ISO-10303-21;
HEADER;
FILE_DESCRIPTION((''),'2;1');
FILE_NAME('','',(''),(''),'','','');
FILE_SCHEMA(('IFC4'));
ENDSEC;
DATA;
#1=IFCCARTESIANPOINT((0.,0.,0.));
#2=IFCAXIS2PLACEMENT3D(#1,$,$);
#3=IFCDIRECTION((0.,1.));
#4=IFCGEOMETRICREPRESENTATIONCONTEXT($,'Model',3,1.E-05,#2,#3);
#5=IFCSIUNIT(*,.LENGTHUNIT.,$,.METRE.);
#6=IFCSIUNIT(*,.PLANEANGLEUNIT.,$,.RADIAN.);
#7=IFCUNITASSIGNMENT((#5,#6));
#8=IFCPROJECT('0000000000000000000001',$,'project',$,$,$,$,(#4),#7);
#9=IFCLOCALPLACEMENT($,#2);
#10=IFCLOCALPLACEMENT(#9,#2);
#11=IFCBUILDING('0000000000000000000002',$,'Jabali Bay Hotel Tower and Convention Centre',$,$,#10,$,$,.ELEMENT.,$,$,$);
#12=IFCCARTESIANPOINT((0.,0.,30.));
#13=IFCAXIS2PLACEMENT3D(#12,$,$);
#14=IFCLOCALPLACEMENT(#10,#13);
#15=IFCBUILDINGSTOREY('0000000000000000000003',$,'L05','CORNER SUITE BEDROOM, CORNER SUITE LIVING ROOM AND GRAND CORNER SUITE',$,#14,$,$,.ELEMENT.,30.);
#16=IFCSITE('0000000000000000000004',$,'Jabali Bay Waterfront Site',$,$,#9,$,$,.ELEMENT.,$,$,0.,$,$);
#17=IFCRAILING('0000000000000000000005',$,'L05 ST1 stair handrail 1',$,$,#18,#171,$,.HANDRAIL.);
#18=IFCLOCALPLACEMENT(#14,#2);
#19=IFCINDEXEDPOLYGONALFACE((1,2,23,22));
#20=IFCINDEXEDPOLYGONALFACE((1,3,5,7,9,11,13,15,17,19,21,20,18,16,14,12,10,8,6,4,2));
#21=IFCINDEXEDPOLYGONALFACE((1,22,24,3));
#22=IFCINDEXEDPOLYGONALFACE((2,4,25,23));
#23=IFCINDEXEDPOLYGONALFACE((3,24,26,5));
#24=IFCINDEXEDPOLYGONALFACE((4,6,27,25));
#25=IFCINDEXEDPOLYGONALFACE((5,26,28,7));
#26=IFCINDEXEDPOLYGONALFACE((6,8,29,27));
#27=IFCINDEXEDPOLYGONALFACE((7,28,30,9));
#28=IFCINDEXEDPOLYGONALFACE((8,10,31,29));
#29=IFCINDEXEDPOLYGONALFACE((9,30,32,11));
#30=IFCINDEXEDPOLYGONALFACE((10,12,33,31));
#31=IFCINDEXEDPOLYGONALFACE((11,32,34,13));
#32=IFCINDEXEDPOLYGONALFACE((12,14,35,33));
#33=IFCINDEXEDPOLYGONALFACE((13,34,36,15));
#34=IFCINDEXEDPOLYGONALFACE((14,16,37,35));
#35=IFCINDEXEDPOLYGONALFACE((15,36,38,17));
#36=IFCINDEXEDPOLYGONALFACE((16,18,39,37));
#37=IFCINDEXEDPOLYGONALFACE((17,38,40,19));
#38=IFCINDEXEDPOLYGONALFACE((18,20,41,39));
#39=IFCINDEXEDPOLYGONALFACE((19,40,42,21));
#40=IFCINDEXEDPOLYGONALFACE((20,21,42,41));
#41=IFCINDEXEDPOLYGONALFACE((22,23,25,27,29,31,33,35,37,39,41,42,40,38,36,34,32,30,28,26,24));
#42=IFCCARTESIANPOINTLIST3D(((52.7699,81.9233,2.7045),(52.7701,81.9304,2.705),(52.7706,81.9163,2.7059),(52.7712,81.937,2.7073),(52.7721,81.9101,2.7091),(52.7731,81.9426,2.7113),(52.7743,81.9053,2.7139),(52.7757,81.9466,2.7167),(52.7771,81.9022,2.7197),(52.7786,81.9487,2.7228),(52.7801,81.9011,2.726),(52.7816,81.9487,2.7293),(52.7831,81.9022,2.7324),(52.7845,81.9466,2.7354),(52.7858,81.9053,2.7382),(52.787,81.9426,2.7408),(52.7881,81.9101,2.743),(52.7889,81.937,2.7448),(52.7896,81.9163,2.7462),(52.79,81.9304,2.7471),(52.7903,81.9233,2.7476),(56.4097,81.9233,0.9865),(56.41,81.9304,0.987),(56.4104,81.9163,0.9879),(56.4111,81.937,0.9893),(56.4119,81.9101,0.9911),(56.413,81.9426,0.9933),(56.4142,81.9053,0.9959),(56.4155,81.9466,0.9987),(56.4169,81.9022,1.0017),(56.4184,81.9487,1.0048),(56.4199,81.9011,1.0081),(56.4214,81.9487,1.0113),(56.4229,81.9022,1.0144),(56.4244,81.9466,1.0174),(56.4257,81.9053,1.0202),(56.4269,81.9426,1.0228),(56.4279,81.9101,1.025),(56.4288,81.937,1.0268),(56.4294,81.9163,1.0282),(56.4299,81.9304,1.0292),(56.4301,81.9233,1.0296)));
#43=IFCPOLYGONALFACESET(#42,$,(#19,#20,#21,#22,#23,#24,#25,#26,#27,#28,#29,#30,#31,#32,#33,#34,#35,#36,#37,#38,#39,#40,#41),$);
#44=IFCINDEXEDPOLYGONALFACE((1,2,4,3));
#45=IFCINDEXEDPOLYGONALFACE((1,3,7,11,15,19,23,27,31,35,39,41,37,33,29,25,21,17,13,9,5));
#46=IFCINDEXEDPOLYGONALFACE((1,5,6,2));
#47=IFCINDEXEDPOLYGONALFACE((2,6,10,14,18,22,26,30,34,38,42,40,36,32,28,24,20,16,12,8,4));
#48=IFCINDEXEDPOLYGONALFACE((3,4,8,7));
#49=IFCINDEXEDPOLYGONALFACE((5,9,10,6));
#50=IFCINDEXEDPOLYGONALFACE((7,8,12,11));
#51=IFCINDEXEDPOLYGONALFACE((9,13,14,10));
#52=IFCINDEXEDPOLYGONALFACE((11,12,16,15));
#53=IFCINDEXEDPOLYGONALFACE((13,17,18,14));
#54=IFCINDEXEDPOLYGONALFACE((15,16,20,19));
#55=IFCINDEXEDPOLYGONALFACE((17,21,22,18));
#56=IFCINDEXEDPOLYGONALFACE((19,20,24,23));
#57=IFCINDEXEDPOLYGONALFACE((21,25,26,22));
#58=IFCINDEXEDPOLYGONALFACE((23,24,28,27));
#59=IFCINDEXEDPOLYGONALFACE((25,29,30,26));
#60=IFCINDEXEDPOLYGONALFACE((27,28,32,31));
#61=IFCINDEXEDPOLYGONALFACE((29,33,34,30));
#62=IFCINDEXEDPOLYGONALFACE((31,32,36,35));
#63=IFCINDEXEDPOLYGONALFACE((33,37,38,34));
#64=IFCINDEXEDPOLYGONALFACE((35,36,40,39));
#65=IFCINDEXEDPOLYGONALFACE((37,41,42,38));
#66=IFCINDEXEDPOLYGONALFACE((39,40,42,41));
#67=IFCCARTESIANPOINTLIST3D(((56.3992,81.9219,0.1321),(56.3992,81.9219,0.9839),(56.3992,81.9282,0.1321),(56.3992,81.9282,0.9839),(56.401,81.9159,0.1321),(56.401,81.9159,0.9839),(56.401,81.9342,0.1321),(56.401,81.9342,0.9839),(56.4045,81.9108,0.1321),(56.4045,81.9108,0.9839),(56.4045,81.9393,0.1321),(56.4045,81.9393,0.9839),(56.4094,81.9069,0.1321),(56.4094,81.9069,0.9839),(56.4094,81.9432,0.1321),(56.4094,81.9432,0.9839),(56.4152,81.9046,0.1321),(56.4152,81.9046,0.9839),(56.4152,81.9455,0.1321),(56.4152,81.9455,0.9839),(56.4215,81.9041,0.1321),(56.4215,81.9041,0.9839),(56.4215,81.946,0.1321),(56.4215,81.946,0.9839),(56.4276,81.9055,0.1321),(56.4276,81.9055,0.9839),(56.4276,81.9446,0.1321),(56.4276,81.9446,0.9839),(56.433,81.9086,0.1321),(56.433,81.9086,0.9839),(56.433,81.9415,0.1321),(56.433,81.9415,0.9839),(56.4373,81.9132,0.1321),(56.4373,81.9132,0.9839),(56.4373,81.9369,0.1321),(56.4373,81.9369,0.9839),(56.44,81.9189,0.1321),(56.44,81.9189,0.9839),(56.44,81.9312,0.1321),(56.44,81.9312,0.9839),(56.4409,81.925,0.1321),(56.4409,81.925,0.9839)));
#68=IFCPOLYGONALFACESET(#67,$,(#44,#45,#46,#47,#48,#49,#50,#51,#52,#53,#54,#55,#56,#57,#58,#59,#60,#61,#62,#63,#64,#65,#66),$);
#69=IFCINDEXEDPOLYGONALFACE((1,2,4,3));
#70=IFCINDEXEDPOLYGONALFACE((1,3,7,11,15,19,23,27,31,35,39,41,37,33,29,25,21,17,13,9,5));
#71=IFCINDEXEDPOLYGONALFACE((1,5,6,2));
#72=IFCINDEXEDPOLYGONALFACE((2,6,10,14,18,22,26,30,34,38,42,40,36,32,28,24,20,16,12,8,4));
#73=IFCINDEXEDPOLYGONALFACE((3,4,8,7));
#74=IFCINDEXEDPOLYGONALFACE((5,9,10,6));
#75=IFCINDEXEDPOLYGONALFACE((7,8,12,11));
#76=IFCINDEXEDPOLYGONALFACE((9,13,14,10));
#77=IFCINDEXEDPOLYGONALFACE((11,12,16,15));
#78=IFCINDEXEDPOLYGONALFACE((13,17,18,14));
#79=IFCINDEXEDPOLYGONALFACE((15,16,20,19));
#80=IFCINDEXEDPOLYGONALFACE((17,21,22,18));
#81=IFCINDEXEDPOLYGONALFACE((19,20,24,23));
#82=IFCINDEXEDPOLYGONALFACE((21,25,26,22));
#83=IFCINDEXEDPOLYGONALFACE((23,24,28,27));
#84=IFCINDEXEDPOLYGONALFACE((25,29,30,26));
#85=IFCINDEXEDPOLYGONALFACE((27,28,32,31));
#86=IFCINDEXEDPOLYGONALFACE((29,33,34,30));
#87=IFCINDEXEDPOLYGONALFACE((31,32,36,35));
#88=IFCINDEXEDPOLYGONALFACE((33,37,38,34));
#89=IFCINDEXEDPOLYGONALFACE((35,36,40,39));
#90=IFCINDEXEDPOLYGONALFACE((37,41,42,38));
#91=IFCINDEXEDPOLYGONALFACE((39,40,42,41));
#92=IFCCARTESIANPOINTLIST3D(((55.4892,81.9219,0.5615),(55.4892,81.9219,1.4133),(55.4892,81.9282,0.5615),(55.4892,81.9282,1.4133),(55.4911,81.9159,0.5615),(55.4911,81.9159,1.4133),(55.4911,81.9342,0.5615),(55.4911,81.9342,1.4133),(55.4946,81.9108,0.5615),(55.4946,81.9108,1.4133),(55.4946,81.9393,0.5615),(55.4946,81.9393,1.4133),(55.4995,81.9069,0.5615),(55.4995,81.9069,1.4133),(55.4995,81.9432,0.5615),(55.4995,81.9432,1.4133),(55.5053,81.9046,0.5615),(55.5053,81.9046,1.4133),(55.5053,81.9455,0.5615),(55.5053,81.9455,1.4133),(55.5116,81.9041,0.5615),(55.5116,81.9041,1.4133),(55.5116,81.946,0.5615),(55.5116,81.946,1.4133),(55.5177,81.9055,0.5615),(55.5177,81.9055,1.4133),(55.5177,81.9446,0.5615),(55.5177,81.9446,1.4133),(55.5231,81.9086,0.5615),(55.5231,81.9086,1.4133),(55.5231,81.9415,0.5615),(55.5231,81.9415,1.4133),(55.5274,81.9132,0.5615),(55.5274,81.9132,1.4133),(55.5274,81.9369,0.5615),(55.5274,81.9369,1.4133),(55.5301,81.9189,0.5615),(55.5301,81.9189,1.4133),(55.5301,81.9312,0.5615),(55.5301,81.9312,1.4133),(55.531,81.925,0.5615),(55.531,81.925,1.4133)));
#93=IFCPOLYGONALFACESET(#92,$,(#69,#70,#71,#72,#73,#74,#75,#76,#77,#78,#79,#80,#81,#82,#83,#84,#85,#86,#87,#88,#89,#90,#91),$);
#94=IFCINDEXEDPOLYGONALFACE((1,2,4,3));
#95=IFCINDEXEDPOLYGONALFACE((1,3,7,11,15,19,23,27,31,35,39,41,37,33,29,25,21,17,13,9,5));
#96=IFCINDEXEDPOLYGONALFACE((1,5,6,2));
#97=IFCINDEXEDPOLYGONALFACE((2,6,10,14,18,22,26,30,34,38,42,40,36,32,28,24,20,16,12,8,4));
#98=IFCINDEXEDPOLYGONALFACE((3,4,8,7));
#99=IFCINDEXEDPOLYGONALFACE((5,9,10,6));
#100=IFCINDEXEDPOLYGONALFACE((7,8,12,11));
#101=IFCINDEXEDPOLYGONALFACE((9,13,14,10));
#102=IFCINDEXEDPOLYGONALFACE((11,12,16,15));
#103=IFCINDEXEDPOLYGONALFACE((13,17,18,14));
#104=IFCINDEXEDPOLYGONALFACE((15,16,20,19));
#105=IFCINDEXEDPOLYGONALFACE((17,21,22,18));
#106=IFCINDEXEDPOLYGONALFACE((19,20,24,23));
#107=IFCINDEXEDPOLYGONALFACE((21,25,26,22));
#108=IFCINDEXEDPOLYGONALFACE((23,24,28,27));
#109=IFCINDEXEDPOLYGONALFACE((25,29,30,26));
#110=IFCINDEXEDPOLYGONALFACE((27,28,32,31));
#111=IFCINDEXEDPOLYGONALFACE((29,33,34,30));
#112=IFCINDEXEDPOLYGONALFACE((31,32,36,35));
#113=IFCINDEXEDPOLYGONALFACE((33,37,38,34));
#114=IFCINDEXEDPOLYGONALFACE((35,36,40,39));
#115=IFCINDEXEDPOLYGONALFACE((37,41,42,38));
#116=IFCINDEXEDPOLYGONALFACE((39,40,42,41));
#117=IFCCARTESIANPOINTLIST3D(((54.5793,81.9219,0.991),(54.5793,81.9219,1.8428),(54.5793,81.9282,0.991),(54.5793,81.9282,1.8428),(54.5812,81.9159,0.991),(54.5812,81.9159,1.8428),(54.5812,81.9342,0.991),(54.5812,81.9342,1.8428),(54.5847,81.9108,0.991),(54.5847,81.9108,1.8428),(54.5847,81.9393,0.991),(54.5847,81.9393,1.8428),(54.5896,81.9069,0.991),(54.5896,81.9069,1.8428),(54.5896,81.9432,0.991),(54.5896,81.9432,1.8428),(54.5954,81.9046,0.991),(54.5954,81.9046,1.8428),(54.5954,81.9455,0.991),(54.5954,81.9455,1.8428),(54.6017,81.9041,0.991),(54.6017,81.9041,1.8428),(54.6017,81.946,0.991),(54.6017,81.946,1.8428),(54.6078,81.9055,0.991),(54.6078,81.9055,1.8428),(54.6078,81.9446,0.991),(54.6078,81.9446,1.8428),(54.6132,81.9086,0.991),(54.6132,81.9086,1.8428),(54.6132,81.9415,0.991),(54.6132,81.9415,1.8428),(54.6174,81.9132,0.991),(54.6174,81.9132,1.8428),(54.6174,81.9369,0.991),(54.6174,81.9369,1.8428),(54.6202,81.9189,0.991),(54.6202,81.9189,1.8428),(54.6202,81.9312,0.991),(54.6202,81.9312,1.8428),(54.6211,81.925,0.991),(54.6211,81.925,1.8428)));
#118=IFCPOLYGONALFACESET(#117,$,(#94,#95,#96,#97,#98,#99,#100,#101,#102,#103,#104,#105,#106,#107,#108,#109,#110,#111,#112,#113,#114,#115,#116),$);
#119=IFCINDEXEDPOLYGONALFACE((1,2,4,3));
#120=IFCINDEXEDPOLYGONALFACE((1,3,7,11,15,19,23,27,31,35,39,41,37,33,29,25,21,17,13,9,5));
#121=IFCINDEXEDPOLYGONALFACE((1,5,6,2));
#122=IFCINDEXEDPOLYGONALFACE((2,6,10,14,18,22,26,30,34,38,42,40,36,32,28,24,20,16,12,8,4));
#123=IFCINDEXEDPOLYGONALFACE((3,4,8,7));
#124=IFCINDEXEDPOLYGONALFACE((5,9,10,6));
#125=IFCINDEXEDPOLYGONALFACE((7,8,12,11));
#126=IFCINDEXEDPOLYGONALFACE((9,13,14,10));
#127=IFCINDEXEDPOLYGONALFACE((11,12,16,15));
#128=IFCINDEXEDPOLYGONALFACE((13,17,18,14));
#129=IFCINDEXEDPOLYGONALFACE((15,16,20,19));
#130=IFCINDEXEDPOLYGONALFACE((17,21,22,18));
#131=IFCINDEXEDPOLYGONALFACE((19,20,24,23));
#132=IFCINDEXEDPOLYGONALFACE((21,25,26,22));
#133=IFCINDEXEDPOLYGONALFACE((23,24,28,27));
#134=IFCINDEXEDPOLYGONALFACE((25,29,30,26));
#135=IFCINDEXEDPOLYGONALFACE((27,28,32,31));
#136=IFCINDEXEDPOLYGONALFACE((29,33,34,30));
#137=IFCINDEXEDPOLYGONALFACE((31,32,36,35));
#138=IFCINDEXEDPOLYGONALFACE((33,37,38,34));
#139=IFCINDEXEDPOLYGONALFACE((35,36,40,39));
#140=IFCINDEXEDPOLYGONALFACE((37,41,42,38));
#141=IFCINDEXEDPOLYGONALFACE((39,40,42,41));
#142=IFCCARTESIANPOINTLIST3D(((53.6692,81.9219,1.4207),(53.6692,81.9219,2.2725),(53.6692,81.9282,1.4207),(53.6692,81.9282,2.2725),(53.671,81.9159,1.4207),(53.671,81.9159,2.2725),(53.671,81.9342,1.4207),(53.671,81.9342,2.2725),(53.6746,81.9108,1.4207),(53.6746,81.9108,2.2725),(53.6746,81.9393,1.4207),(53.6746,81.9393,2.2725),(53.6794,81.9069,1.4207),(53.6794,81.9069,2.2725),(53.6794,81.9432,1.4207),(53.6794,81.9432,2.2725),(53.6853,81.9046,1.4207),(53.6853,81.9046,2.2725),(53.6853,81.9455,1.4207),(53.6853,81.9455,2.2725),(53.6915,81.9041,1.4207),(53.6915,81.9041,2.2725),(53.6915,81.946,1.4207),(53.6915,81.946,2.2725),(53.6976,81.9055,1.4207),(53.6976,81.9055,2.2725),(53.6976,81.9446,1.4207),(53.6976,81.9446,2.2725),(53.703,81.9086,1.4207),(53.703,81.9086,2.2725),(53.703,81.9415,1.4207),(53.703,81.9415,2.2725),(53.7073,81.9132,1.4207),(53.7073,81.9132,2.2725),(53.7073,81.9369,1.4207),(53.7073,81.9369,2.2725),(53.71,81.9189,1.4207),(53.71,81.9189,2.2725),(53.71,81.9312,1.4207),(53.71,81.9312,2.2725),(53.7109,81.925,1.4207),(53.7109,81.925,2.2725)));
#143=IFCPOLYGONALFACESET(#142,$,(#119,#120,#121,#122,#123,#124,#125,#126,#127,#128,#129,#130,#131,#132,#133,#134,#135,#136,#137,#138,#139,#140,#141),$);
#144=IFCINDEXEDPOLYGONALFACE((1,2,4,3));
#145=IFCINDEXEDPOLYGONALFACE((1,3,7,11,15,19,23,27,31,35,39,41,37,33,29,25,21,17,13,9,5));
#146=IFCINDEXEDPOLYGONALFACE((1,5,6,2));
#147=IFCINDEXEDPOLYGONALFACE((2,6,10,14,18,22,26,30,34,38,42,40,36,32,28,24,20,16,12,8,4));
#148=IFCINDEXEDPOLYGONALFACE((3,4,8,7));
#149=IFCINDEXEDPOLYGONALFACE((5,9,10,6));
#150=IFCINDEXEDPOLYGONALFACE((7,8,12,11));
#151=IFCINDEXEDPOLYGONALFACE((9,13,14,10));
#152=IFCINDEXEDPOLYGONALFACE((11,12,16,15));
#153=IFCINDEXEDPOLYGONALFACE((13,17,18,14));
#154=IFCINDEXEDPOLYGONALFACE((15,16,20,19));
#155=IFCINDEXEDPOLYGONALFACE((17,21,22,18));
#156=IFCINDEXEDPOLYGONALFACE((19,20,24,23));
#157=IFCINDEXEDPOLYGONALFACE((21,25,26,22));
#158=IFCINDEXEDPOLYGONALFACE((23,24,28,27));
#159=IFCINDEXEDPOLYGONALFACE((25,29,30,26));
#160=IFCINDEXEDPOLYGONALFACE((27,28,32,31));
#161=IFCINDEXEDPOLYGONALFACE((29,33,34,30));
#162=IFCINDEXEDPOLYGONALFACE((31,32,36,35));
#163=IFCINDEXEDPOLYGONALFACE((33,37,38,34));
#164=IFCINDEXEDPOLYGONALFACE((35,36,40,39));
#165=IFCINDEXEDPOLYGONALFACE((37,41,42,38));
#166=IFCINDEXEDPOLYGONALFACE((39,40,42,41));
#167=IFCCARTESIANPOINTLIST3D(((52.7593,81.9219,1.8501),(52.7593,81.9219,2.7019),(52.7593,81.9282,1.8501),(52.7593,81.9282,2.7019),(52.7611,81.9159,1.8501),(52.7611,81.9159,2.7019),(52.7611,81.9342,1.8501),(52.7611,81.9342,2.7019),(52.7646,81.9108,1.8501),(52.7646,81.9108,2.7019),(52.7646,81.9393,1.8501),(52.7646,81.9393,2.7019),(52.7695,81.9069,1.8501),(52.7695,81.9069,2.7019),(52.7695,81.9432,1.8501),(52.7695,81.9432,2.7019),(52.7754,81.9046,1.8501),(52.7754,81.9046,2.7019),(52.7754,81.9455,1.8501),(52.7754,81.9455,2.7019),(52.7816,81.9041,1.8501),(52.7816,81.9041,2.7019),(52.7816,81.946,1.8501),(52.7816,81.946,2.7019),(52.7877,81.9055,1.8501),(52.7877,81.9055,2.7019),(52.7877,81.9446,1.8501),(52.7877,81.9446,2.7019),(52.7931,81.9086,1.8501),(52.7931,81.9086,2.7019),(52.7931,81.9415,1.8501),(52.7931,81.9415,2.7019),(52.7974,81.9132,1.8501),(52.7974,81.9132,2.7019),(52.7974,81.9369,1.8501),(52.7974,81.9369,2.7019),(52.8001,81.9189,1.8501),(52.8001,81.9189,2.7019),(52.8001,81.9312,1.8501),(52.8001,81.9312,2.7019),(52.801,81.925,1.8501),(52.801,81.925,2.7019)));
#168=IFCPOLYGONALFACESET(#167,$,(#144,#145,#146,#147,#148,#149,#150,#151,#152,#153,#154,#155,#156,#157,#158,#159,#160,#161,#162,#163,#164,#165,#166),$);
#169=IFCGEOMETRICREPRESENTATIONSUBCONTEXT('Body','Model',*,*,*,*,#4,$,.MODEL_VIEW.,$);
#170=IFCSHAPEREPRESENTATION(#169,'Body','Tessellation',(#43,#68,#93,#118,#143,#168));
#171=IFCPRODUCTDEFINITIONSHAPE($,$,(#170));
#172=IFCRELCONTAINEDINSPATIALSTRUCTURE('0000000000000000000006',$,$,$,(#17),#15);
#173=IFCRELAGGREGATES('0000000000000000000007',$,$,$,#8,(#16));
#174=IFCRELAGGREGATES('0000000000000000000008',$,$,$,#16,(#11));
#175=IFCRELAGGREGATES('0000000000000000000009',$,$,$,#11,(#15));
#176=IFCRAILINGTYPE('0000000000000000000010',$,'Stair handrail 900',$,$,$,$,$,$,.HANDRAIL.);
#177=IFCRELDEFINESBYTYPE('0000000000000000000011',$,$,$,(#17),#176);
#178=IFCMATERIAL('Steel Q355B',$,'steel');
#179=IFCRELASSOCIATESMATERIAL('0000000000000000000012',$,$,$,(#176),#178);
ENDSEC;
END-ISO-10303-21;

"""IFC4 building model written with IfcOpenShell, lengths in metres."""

from ifc_helpers import new_model, si_unit, direction, frame, origin, origin_2d, place, context, subcontext, project, spatial, circle, extrude, material, type_object, element, save


model = new_model("IFC4")

# Units and contexts
model_context = context("Model", 3, precision=1e-05, world=origin(), true_north=direction((0.0, 1.0)))
body_context = subcontext(model_context, "Body", "Model", "MODEL_VIEW")
ifc_project = project(units=[si_unit("LENGTHUNIT", "METRE"), si_unit("PLANEANGLEUNIT", "RADIAN")], contexts=[model_context])

# Site, building, storey
site_placement = place(None, origin())
site = spatial("IfcSite", under=ifc_project, at=site_placement, Name="Jabali Bay Waterfront Site", CompositionType="ELEMENT", RefElevation=0.0)
building_placement = place(site_placement, origin())
building = spatial("IfcBuilding", under=site, at=building_placement, Name="Jabali Bay Hotel Tower and Convention Centre", CompositionType="ELEMENT")
storey_placement = place(building_placement, frame((0.0, 0.0, 30.0)))
storey = spatial("IfcBuildingStorey", under=building, at=storey_placement, Name="L05", Description="CORNER SUITE BEDROOM, CORNER SUITE LIVING ROOM AND GRAND CORNER SUITE", CompositionType="ELEMENT", Elevation=30.0)

# Railing
ifc_material_1 = material(Name="Steel Q355B", Category="steel")
railing_type_1 = type_object("IfcRailingType", Name="Stair handrail 900", PredefinedType="HANDRAIL", material=ifc_material_1)
railing_1_placement = place(storey_placement, frame((56.4199, 81.925, 0.1321)))
element("IfcRailing", 1, at=railing_1_placement, inside=storey, type_object=railing_type_1, Name="L05 ST1 stair handrail 1", PredefinedType="HANDRAIL", context=body_context, shape_type="SweptSolid", body=[
    extrude(circle(Radius=0.0239, at=origin_2d()), frame((0.0, 0.0, 0.876), z_axis=(-0.904327, 0.0, 0.42684), x_axis=(0.0, -1.0, 0.0)), (0.0, 0.0, 1.0), 4.0249),
    extrude(circle(Radius=0.021, at=origin_2d()), origin(), (0.0, 0.0, 1.0), 0.8518),
    extrude(circle(Radius=0.021, at=origin_2d()), frame((-0.9099, 0.0, 0.4294)), (0.0, 0.0, 1.0), 0.8518),
    extrude(circle(Radius=0.021, at=origin_2d()), frame((-1.8198, 0.0, 0.8589)), (0.0, 0.0, 1.0), 0.8518),
    extrude(circle(Radius=0.021, at=origin_2d()), frame((-2.73, 0.0, 1.2886)), (0.0, 0.0, 1.0), 0.8518),
    extrude(circle(Radius=0.021, at=origin_2d()), frame((-3.6399, 0.0, 1.718)), (0.0, 0.0, 1.0), 0.8518),
])

save(model, "model.ifc")
